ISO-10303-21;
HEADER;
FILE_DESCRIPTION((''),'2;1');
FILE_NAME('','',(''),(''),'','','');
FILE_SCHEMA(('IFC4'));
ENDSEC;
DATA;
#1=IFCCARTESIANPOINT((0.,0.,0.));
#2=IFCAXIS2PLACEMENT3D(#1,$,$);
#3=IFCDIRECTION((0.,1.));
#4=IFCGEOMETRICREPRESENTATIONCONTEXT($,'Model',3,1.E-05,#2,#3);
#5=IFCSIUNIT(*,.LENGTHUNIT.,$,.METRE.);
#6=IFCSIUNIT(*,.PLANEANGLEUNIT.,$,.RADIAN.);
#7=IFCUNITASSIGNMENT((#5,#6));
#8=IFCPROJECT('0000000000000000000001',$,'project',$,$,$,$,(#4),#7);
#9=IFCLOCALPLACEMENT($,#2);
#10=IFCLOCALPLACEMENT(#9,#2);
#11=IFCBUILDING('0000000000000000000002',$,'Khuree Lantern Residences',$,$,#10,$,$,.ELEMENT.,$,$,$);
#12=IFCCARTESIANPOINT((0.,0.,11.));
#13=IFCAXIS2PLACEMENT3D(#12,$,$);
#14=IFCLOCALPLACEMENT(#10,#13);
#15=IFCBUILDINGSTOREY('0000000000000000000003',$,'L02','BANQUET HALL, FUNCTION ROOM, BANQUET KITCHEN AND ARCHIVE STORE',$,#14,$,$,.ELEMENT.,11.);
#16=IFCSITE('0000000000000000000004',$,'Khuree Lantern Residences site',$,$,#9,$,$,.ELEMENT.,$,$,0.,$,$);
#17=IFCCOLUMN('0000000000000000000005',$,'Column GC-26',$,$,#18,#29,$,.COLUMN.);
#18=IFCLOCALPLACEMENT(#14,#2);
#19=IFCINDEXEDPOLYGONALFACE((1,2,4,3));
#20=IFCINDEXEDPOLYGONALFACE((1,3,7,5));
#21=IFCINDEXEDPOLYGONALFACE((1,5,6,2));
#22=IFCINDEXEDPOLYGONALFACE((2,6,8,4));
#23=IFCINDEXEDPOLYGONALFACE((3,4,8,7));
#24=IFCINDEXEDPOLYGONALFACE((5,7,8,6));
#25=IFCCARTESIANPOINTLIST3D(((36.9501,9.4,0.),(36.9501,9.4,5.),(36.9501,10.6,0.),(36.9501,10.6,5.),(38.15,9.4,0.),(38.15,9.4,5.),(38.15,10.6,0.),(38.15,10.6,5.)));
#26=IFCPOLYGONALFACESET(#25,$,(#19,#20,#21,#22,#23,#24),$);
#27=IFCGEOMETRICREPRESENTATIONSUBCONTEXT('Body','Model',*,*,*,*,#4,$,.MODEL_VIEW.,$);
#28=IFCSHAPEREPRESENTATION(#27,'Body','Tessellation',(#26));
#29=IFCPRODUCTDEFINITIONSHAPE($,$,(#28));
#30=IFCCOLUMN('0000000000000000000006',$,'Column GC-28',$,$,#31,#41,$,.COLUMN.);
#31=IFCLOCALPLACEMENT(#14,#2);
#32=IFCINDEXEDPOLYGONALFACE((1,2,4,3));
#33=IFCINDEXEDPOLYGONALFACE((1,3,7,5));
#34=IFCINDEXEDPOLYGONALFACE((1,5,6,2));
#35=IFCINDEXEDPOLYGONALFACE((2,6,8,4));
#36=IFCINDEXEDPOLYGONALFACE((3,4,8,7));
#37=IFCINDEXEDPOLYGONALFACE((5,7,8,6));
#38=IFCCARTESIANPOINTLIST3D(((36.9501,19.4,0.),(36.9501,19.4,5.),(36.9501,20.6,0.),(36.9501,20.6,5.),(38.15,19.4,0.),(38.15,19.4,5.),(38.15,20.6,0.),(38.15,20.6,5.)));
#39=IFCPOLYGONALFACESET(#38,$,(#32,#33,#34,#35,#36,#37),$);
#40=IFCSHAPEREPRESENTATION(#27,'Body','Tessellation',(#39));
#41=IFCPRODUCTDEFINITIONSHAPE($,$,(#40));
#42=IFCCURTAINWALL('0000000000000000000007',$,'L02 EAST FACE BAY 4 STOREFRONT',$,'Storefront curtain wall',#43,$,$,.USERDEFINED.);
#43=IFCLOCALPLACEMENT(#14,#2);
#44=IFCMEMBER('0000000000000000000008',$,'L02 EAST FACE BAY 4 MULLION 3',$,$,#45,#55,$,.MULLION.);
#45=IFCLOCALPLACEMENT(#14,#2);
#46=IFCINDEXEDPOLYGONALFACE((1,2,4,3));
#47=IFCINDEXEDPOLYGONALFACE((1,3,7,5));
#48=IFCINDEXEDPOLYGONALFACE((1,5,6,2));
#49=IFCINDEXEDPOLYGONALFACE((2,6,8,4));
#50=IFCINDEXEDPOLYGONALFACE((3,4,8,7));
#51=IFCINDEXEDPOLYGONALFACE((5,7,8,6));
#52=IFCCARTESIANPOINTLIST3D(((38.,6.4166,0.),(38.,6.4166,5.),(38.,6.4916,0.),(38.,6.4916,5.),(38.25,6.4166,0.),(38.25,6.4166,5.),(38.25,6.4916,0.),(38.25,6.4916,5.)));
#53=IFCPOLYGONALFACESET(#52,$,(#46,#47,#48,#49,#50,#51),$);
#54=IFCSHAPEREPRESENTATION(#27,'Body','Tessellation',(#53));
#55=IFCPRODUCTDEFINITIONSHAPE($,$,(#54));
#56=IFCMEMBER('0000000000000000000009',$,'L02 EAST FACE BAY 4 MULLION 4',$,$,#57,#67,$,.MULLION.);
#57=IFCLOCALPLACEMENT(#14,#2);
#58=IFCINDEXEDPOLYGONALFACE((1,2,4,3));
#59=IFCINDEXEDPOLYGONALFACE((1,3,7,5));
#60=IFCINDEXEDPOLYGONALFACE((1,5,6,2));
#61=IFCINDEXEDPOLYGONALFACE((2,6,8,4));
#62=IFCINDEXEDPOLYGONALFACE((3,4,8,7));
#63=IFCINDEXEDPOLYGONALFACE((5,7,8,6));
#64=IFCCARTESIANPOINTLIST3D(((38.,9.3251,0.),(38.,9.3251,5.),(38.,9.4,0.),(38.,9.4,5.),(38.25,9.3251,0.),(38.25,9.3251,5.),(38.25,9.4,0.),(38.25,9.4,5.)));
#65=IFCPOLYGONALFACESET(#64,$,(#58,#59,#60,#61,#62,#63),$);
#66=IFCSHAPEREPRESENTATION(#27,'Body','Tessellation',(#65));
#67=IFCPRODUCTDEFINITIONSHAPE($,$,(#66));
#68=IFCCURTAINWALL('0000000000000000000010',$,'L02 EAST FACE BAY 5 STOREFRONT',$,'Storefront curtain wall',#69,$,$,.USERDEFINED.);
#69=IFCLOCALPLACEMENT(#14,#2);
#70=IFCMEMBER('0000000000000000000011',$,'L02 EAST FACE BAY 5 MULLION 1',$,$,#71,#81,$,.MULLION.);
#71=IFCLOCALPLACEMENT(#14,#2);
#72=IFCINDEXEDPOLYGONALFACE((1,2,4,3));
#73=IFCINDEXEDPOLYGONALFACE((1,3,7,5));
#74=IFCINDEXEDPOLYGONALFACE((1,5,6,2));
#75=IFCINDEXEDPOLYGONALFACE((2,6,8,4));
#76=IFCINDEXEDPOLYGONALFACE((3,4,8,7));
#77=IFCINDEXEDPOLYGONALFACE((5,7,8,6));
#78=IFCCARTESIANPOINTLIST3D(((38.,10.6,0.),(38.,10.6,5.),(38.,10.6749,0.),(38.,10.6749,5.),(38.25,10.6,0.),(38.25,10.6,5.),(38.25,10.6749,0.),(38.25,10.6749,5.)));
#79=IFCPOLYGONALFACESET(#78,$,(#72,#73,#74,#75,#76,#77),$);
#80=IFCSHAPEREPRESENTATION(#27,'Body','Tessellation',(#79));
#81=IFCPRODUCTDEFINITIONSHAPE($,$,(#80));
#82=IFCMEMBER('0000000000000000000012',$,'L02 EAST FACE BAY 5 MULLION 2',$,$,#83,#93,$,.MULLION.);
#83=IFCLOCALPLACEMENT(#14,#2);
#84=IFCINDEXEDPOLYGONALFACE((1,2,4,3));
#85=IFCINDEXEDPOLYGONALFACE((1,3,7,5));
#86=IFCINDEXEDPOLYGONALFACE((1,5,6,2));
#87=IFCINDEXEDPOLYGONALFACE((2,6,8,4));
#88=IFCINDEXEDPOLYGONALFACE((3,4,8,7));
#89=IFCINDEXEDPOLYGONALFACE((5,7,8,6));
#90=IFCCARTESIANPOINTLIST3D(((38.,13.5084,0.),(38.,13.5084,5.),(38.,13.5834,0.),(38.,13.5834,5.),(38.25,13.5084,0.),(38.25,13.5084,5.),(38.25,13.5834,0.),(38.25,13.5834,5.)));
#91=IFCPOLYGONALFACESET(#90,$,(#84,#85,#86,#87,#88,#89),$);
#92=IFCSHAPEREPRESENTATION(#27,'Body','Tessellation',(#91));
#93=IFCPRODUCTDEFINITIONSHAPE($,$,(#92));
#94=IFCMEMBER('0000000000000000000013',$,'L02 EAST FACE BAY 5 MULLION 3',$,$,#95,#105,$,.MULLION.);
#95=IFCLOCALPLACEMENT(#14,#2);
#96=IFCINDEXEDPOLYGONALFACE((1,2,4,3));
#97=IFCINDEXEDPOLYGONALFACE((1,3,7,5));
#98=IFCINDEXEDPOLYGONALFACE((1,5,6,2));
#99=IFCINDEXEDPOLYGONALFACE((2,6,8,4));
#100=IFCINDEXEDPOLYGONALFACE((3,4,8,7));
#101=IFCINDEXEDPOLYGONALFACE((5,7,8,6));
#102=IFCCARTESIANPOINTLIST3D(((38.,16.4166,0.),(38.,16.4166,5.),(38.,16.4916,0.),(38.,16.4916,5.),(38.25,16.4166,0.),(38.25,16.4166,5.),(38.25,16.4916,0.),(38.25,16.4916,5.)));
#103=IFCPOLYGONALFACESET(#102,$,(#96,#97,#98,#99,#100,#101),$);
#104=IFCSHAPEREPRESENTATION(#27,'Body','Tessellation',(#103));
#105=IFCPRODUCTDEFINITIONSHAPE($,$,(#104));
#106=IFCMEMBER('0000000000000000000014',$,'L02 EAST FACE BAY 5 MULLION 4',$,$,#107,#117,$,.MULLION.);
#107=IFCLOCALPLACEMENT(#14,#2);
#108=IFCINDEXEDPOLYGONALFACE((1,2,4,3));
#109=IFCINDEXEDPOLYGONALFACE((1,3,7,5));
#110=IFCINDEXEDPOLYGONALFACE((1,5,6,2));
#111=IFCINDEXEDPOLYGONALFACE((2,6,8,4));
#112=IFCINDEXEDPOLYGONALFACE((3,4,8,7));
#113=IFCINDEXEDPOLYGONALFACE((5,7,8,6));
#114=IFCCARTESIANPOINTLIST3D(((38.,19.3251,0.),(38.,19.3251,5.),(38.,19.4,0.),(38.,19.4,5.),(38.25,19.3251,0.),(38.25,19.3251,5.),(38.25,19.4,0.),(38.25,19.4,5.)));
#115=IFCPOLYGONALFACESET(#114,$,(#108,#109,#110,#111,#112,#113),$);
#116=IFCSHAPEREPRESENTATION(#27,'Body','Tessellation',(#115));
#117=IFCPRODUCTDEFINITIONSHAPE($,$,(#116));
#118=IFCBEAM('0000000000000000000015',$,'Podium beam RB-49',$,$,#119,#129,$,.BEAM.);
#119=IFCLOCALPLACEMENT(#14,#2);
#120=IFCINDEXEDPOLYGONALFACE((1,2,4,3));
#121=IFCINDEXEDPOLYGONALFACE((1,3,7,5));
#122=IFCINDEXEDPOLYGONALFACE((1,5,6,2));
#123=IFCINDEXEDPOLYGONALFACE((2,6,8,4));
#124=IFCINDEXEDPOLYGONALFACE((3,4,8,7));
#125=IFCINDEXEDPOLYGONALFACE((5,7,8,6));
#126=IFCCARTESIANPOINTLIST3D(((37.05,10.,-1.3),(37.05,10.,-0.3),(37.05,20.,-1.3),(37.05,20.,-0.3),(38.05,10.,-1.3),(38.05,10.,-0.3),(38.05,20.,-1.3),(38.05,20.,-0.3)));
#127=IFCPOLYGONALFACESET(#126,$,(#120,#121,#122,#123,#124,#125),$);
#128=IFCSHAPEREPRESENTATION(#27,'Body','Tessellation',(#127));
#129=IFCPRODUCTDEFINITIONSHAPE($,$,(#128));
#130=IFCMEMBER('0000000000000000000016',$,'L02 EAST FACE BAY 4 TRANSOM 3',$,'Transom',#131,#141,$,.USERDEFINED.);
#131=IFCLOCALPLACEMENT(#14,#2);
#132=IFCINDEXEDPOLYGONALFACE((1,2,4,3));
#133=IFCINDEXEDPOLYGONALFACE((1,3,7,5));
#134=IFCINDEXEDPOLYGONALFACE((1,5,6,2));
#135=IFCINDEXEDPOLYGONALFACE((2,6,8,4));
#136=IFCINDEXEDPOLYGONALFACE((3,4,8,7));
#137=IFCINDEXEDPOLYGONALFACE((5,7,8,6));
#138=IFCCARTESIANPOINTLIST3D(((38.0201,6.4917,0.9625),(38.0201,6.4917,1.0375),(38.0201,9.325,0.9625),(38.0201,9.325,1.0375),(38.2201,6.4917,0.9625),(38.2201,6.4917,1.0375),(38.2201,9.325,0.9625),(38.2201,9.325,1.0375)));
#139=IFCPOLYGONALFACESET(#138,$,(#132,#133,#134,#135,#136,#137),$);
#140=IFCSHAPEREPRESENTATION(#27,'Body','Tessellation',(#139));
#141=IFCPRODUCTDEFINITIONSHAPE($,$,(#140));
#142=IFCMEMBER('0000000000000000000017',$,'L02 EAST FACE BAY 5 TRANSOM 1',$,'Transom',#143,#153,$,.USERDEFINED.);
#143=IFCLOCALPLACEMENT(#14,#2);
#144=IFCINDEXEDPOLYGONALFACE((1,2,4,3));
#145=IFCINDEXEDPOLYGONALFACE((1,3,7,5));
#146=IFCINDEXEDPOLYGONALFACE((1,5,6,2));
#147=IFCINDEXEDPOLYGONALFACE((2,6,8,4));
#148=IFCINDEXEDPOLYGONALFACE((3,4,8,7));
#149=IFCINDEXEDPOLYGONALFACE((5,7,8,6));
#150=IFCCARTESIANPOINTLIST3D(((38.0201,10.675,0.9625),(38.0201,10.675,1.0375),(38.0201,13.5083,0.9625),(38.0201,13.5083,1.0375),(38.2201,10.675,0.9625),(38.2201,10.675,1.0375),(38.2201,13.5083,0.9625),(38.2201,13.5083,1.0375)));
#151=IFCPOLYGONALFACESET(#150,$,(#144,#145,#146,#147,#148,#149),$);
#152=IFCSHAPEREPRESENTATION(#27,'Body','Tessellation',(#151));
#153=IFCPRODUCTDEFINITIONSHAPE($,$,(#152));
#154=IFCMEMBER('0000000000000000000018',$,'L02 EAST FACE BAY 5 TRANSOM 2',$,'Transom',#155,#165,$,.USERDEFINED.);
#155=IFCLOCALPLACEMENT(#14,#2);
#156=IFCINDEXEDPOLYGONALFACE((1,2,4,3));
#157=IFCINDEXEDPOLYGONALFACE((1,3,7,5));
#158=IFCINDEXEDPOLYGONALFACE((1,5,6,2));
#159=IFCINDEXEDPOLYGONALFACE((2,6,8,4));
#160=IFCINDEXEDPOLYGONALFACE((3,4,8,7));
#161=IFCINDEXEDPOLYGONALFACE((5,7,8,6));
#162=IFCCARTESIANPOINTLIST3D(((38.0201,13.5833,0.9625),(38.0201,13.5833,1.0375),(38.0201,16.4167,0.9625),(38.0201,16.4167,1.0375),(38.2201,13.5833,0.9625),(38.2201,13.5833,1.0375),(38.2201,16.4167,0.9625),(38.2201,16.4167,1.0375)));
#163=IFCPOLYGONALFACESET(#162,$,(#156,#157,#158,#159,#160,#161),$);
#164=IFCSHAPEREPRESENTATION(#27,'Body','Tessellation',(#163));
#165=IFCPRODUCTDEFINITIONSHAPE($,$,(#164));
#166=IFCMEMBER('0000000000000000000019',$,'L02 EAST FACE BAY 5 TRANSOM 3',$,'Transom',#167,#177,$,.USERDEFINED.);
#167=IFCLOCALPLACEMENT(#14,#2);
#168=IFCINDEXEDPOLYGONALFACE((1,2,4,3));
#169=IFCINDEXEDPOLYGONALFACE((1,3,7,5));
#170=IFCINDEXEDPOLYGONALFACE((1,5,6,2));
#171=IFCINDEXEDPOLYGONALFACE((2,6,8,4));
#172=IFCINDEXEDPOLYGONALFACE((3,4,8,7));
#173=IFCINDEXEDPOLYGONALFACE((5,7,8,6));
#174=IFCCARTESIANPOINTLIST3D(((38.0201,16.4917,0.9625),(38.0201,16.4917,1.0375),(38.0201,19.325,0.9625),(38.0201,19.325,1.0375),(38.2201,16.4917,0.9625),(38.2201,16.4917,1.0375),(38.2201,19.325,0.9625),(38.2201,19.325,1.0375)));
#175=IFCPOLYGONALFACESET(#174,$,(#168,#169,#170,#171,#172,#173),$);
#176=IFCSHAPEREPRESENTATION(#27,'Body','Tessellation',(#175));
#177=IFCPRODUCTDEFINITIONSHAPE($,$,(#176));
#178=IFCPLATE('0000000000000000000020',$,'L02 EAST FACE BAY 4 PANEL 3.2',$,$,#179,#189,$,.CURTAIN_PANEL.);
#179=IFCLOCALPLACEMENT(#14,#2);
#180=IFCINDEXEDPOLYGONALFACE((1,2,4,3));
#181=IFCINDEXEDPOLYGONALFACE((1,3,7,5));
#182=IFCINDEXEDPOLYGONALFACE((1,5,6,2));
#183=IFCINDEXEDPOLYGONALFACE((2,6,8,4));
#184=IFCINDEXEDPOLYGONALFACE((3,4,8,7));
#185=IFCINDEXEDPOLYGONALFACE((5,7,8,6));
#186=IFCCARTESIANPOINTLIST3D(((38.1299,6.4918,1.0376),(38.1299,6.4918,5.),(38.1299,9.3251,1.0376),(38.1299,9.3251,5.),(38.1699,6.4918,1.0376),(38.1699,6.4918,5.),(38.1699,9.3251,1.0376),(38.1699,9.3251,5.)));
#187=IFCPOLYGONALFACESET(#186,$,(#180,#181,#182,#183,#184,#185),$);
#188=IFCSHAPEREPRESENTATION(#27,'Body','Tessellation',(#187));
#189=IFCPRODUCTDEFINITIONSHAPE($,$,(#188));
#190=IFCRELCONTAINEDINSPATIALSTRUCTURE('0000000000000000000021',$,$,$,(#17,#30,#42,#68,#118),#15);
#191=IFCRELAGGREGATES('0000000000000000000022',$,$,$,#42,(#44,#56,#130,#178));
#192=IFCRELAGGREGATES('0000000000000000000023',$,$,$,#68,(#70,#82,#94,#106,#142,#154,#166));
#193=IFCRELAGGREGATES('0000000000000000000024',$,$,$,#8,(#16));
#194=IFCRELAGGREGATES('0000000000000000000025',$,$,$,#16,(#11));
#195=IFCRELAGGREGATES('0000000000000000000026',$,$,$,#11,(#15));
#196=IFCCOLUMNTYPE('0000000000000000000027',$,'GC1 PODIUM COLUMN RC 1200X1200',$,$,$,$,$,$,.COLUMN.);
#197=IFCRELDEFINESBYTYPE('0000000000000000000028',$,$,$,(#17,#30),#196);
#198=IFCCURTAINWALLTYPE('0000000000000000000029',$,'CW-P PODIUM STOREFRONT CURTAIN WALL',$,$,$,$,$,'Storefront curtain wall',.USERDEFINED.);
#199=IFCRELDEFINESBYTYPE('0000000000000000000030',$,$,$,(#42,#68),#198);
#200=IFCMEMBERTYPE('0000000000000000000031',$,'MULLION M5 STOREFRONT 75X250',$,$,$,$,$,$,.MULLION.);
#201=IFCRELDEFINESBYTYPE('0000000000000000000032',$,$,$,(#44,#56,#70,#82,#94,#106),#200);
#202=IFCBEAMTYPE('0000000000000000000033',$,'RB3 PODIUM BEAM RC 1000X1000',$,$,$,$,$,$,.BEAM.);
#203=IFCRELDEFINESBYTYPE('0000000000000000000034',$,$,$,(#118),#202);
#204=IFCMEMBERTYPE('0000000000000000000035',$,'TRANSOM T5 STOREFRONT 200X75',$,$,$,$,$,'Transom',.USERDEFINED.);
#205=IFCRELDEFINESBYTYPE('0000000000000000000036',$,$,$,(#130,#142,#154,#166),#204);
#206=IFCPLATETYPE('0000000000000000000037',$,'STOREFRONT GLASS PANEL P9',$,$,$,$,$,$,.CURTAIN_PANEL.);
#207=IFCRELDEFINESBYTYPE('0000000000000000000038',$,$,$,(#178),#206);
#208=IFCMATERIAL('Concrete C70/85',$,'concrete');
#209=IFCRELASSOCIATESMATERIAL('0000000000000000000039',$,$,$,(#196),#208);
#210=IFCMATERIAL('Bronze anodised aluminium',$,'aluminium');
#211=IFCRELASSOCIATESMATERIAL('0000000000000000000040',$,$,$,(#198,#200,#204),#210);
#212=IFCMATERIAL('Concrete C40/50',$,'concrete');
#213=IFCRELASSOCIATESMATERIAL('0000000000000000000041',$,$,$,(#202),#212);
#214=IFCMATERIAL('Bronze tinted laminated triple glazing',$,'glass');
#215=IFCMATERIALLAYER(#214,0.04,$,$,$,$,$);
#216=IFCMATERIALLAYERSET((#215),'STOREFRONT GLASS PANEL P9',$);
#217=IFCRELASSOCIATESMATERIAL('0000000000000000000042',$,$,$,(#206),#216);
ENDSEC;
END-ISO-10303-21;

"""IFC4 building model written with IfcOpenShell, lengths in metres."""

from ifc_helpers import new_model, si_unit, direction, frame, origin, origin_2d, place, context, subcontext, project, spatial, rectangle, extrude, material, layer, layer_set, material_profile, profile_set, type_object, element, aggregate, save


model = new_model("IFC4")

# Units and contexts
model_context = context("Model", 3, precision=1e-05, world=origin(), true_north=direction((0.0, 1.0)))
body_context = subcontext(model_context, "Body", "Model", "MODEL_VIEW")
ifc_project = project(units=[si_unit("LENGTHUNIT", "METRE"), si_unit("PLANEANGLEUNIT", "RADIAN")], contexts=[model_context])

# Site, building, storey
site_placement = place(None, origin())
site = spatial("IfcSite", under=ifc_project, at=site_placement, Name="Khuree Lantern Residences site", CompositionType="ELEMENT", RefElevation=0.0)
building_placement = place(site_placement, origin())
building = spatial("IfcBuilding", under=site, at=building_placement, Name="Khuree Lantern Residences", CompositionType="ELEMENT")
storey_placement = place(building_placement, frame((0.0, 0.0, 11.0)))
storey = spatial("IfcBuildingStorey", under=building, at=storey_placement, Name="L02", Description="BANQUET HALL, FUNCTION ROOM, BANQUET KITCHEN AND ARCHIVE STORE", CompositionType="ELEMENT", Elevation=11.0)

# Columns
ifc_material_1 = material(Name="Concrete C70/85", Category="concrete")
ifc_material_profile_1 = material_profile(ifc_material_1, rectangle(XDim=1.2, YDim=1.2, at=origin_2d()), Name="RC 1200X1200")
ifc_profile_set_1 = profile_set([ifc_material_profile_1], Name="Concrete C70/85")
column_type = type_object("IfcColumnType", Name="GC1 PODIUM COLUMN RC 1200X1200", PredefinedType="COLUMN", material=ifc_profile_set_1)
for number, where, z_axis, x_axis, name in (
    (1, (37.55, 10.0, 0.0), (0.0, 0.0, 1.0), (1.0, 0.0, 0.0), "Column GC-26"),
    (2, (37.55, 20.0, 0.0), (0.0, 0.0, 1.0), (1.0, 0.0, 0.0), "Column GC-28"),
):
    element("IfcColumn", number, at=place(storey_placement, frame(where, z_axis=z_axis, x_axis=x_axis)), inside=storey, type_object=column_type, Name=name, PredefinedType="COLUMN", context=body_context, shape_type="SweptSolid", body=[
        extrude(rectangle(XDim=1.2, YDim=1.2, at=origin_2d()), origin(), (0.0, 0.0, 1.0), 5.0),
    ])

# Curtain walls, members
ifc_material_2 = material(Name="Bronze anodised aluminium", Category="aluminium")
curtain_wall_type = type_object("IfcCurtainWallType", Name="CW-P PODIUM STOREFRONT CURTAIN WALL", ElementType="Storefront curtain wall", PredefinedType="USERDEFINED", material=ifc_material_2)
curtain_wall_1_placement = place(storey_placement, origin())
curtain_wall_1 = element("IfcCurtainWall", 3, at=curtain_wall_1_placement, inside=storey, type_object=curtain_wall_type, Name="L02 EAST FACE BAY 4 STOREFRONT", ObjectType="Storefront curtain wall", PredefinedType="USERDEFINED")
ifc_material_profile_2 = material_profile(ifc_material_2, rectangle(XDim=0.075, YDim=0.25, at=origin_2d()), Name="M5 75X250")
ifc_profile_set_2 = profile_set([ifc_material_profile_2], Name="Bronze anodised aluminium")
member_type_1 = type_object("IfcMemberType", Name="MULLION M5 STOREFRONT 75X250", PredefinedType="MULLION", material=ifc_profile_set_2)
member_1_placement = place(storey_placement, frame((38.125, 6.4541, 0.0), z_axis=(0.0, 0.0, 1.0), x_axis=(0.0, 1.0, 0.0)))
member_1 = element("IfcMember", 4, at=member_1_placement, type_object=member_type_1, Name="L02 EAST FACE BAY 4 MULLION 3", PredefinedType="MULLION", context=body_context, shape_type="SweptSolid", body=[
    extrude(rectangle(XDim=0.075, YDim=0.25, at=origin_2d()), origin(), (0.0, 0.0, 1.0), 5.0),
])
member_2_placement = place(storey_placement, frame((38.125, 9.3625, 0.0), z_axis=(0.0, 0.0, 1.0), x_axis=(0.0, 1.0, 0.0)))
member_2 = element("IfcMember", 5, at=member_2_placement, type_object=member_type_1, Name="L02 EAST FACE BAY 4 MULLION 4", PredefinedType="MULLION", context=body_context, shape_type="SweptSolid", body=[
    extrude(rectangle(XDim=0.075, YDim=0.25, at=origin_2d()), origin(), (0.0, 0.0, 1.0), 5.0),
])
curtain_wall_2_placement = place(storey_placement, origin())
curtain_wall_2 = element("IfcCurtainWall", 6, at=curtain_wall_2_placement, inside=storey, type_object=curtain_wall_type, Name="L02 EAST FACE BAY 5 STOREFRONT", ObjectType="Storefront curtain wall", PredefinedType="USERDEFINED")
member_3_placement = place(storey_placement, frame((38.125, 10.6375, 0.0), z_axis=(0.0, 0.0, 1.0), x_axis=(0.0, 1.0, 0.0)))
member_3 = element("IfcMember", 7, at=member_3_placement, type_object=member_type_1, Name="L02 EAST FACE BAY 5 MULLION 1", PredefinedType="MULLION", context=body_context, shape_type="SweptSolid", body=[
    extrude(rectangle(XDim=0.075, YDim=0.25, at=origin_2d()), origin(), (0.0, 0.0, 1.0), 5.0),
])
member_4_placement = place(storey_placement, frame((38.125, 13.5459, 0.0), z_axis=(0.0, 0.0, 1.0), x_axis=(0.0, 1.0, 0.0)))
member_4 = element("IfcMember", 8, at=member_4_placement, type_object=member_type_1, Name="L02 EAST FACE BAY 5 MULLION 2", PredefinedType="MULLION", context=body_context, shape_type="SweptSolid", body=[
    extrude(rectangle(XDim=0.075, YDim=0.25, at=origin_2d()), origin(), (0.0, 0.0, 1.0), 5.0),
])
member_5_placement = place(storey_placement, frame((38.125, 16.4541, 0.0), z_axis=(0.0, 0.0, 1.0), x_axis=(0.0, 1.0, 0.0)))
member_5 = element("IfcMember", 9, at=member_5_placement, type_object=member_type_1, Name="L02 EAST FACE BAY 5 MULLION 3", PredefinedType="MULLION", context=body_context, shape_type="SweptSolid", body=[
    extrude(rectangle(XDim=0.075, YDim=0.25, at=origin_2d()), origin(), (0.0, 0.0, 1.0), 5.0),
])
member_6_placement = place(storey_placement, frame((38.125, 19.3625, 0.0), z_axis=(0.0, 0.0, 1.0), x_axis=(0.0, 1.0, 0.0)))
member_6 = element("IfcMember", 10, at=member_6_placement, type_object=member_type_1, Name="L02 EAST FACE BAY 5 MULLION 4", PredefinedType="MULLION", context=body_context, shape_type="SweptSolid", body=[
    extrude(rectangle(XDim=0.075, YDim=0.25, at=origin_2d()), origin(), (0.0, 0.0, 1.0), 5.0),
])

# Beam
ifc_material_3 = material(Name="Concrete C40/50", Category="concrete")
ifc_material_profile_3 = material_profile(ifc_material_3, rectangle(XDim=1.0, YDim=1.0, at=origin_2d()), Name="RC 1000X1000")
ifc_profile_set_3 = profile_set([ifc_material_profile_3], Name="Concrete C40/50")
beam_type = type_object("IfcBeamType", Name="RB3 PODIUM BEAM RC 1000X1000", PredefinedType="BEAM", material=ifc_profile_set_3)
beam_placement = place(storey_placement, frame((37.55, 10.0, -0.8), z_axis=(0.0, 1.0, 0.0), x_axis=(-1.0, 0.0, 0.0)))
element("IfcBeam", 11, at=beam_placement, inside=storey, type_object=beam_type, Name="Podium beam RB-49", PredefinedType="BEAM", context=body_context, shape_type="SweptSolid", body=[
    extrude(rectangle(XDim=1.0, YDim=1.0, at=origin_2d()), origin(), (0.0, 0.0, 1.0), 10.0),
])

# Members
ifc_material_profile_4 = material_profile(ifc_material_2, rectangle(XDim=0.2, YDim=0.075, at=origin_2d()), Name="T5 200X75")
ifc_profile_set_4 = profile_set([ifc_material_profile_4], Name="Bronze anodised aluminium")
member_type_2 = type_object("IfcMemberType", Name="TRANSOM T5 STOREFRONT 200X75", ElementType="Transom", PredefinedType="USERDEFINED", material=ifc_profile_set_4)
member_7_placement = place(storey_placement, frame((38.1201, 6.4917, 1.0), z_axis=(0.0, 1.0, 0.0), x_axis=(-1.0, 0.0, 0.0)))
member_7 = element("IfcMember", 12, at=member_7_placement, type_object=member_type_2, Name="L02 EAST FACE BAY 4 TRANSOM 3", ObjectType="Transom", PredefinedType="USERDEFINED", context=body_context, shape_type="SweptSolid", body=[
    extrude(rectangle(XDim=0.2, YDim=0.075, at=origin_2d()), origin(), (0.0, 0.0, 1.0), 2.8333),
])
member_8_placement = place(storey_placement, frame((38.1201, 10.675, 1.0), z_axis=(0.0, 1.0, 0.0), x_axis=(-1.0, 0.0, 0.0)))
member_8 = element("IfcMember", 13, at=member_8_placement, type_object=member_type_2, Name="L02 EAST FACE BAY 5 TRANSOM 1", ObjectType="Transom", PredefinedType="USERDEFINED", context=body_context, shape_type="SweptSolid", body=[
    extrude(rectangle(XDim=0.2, YDim=0.075, at=origin_2d()), origin(), (0.0, 0.0, 1.0), 2.8333),
])
member_9_placement = place(storey_placement, frame((38.1201, 13.5833, 1.0), z_axis=(0.0, 1.0, 0.0), x_axis=(-1.0, 0.0, 0.0)))
member_9 = element("IfcMember", 14, at=member_9_placement, type_object=member_type_2, Name="L02 EAST FACE BAY 5 TRANSOM 2", ObjectType="Transom", PredefinedType="USERDEFINED", context=body_context, shape_type="SweptSolid", body=[
    extrude(rectangle(XDim=0.2, YDim=0.075, at=origin_2d()), origin(), (0.0, 0.0, 1.0), 2.8335),
])
member_10_placement = place(storey_placement, frame((38.1201, 16.4917, 1.0), z_axis=(0.0, 1.0, 0.0), x_axis=(-1.0, 0.0, 0.0)))
member_10 = element("IfcMember", 15, at=member_10_placement, type_object=member_type_2, Name="L02 EAST FACE BAY 5 TRANSOM 3", ObjectType="Transom", PredefinedType="USERDEFINED", context=body_context, shape_type="SweptSolid", body=[
    extrude(rectangle(XDim=0.2, YDim=0.075, at=origin_2d()), origin(), (0.0, 0.0, 1.0), 2.8333),
])

# Plate
ifc_material_4 = material(Name="Bronze tinted laminated triple glazing", Category="glass")
ifc_layer_1 = layer(ifc_material_4, 0.04)
ifc_layer_set_1 = layer_set([ifc_layer_1], Name="STOREFRONT GLASS PANEL P9")
plate_type_1 = type_object("IfcPlateType", Name="STOREFRONT GLASS PANEL P9", PredefinedType="CURTAIN_PANEL", material=ifc_layer_set_1)
plate_1_placement = place(storey_placement, frame((38.1499, 7.9084, 1.0376), z_axis=(0.0, 0.0, 1.0), x_axis=(0.0, 1.0, 0.0)))
plate_1 = element("IfcPlate", 16, at=plate_1_placement, type_object=plate_type_1, Name="L02 EAST FACE BAY 4 PANEL 3.2", PredefinedType="CURTAIN_PANEL", context=body_context, shape_type="SweptSolid", body=[
    extrude(rectangle(XDim=2.8333, YDim=0.04, at=origin_2d()), origin(), (0.0, 0.0, 1.0), 3.9624),
])
aggregate(curtain_wall_1, [member_1, member_2, member_7, plate_1])
aggregate(curtain_wall_2, [member_3, member_4, member_5, member_6, member_8, member_9, member_10])

save(model, "model.ifc")
